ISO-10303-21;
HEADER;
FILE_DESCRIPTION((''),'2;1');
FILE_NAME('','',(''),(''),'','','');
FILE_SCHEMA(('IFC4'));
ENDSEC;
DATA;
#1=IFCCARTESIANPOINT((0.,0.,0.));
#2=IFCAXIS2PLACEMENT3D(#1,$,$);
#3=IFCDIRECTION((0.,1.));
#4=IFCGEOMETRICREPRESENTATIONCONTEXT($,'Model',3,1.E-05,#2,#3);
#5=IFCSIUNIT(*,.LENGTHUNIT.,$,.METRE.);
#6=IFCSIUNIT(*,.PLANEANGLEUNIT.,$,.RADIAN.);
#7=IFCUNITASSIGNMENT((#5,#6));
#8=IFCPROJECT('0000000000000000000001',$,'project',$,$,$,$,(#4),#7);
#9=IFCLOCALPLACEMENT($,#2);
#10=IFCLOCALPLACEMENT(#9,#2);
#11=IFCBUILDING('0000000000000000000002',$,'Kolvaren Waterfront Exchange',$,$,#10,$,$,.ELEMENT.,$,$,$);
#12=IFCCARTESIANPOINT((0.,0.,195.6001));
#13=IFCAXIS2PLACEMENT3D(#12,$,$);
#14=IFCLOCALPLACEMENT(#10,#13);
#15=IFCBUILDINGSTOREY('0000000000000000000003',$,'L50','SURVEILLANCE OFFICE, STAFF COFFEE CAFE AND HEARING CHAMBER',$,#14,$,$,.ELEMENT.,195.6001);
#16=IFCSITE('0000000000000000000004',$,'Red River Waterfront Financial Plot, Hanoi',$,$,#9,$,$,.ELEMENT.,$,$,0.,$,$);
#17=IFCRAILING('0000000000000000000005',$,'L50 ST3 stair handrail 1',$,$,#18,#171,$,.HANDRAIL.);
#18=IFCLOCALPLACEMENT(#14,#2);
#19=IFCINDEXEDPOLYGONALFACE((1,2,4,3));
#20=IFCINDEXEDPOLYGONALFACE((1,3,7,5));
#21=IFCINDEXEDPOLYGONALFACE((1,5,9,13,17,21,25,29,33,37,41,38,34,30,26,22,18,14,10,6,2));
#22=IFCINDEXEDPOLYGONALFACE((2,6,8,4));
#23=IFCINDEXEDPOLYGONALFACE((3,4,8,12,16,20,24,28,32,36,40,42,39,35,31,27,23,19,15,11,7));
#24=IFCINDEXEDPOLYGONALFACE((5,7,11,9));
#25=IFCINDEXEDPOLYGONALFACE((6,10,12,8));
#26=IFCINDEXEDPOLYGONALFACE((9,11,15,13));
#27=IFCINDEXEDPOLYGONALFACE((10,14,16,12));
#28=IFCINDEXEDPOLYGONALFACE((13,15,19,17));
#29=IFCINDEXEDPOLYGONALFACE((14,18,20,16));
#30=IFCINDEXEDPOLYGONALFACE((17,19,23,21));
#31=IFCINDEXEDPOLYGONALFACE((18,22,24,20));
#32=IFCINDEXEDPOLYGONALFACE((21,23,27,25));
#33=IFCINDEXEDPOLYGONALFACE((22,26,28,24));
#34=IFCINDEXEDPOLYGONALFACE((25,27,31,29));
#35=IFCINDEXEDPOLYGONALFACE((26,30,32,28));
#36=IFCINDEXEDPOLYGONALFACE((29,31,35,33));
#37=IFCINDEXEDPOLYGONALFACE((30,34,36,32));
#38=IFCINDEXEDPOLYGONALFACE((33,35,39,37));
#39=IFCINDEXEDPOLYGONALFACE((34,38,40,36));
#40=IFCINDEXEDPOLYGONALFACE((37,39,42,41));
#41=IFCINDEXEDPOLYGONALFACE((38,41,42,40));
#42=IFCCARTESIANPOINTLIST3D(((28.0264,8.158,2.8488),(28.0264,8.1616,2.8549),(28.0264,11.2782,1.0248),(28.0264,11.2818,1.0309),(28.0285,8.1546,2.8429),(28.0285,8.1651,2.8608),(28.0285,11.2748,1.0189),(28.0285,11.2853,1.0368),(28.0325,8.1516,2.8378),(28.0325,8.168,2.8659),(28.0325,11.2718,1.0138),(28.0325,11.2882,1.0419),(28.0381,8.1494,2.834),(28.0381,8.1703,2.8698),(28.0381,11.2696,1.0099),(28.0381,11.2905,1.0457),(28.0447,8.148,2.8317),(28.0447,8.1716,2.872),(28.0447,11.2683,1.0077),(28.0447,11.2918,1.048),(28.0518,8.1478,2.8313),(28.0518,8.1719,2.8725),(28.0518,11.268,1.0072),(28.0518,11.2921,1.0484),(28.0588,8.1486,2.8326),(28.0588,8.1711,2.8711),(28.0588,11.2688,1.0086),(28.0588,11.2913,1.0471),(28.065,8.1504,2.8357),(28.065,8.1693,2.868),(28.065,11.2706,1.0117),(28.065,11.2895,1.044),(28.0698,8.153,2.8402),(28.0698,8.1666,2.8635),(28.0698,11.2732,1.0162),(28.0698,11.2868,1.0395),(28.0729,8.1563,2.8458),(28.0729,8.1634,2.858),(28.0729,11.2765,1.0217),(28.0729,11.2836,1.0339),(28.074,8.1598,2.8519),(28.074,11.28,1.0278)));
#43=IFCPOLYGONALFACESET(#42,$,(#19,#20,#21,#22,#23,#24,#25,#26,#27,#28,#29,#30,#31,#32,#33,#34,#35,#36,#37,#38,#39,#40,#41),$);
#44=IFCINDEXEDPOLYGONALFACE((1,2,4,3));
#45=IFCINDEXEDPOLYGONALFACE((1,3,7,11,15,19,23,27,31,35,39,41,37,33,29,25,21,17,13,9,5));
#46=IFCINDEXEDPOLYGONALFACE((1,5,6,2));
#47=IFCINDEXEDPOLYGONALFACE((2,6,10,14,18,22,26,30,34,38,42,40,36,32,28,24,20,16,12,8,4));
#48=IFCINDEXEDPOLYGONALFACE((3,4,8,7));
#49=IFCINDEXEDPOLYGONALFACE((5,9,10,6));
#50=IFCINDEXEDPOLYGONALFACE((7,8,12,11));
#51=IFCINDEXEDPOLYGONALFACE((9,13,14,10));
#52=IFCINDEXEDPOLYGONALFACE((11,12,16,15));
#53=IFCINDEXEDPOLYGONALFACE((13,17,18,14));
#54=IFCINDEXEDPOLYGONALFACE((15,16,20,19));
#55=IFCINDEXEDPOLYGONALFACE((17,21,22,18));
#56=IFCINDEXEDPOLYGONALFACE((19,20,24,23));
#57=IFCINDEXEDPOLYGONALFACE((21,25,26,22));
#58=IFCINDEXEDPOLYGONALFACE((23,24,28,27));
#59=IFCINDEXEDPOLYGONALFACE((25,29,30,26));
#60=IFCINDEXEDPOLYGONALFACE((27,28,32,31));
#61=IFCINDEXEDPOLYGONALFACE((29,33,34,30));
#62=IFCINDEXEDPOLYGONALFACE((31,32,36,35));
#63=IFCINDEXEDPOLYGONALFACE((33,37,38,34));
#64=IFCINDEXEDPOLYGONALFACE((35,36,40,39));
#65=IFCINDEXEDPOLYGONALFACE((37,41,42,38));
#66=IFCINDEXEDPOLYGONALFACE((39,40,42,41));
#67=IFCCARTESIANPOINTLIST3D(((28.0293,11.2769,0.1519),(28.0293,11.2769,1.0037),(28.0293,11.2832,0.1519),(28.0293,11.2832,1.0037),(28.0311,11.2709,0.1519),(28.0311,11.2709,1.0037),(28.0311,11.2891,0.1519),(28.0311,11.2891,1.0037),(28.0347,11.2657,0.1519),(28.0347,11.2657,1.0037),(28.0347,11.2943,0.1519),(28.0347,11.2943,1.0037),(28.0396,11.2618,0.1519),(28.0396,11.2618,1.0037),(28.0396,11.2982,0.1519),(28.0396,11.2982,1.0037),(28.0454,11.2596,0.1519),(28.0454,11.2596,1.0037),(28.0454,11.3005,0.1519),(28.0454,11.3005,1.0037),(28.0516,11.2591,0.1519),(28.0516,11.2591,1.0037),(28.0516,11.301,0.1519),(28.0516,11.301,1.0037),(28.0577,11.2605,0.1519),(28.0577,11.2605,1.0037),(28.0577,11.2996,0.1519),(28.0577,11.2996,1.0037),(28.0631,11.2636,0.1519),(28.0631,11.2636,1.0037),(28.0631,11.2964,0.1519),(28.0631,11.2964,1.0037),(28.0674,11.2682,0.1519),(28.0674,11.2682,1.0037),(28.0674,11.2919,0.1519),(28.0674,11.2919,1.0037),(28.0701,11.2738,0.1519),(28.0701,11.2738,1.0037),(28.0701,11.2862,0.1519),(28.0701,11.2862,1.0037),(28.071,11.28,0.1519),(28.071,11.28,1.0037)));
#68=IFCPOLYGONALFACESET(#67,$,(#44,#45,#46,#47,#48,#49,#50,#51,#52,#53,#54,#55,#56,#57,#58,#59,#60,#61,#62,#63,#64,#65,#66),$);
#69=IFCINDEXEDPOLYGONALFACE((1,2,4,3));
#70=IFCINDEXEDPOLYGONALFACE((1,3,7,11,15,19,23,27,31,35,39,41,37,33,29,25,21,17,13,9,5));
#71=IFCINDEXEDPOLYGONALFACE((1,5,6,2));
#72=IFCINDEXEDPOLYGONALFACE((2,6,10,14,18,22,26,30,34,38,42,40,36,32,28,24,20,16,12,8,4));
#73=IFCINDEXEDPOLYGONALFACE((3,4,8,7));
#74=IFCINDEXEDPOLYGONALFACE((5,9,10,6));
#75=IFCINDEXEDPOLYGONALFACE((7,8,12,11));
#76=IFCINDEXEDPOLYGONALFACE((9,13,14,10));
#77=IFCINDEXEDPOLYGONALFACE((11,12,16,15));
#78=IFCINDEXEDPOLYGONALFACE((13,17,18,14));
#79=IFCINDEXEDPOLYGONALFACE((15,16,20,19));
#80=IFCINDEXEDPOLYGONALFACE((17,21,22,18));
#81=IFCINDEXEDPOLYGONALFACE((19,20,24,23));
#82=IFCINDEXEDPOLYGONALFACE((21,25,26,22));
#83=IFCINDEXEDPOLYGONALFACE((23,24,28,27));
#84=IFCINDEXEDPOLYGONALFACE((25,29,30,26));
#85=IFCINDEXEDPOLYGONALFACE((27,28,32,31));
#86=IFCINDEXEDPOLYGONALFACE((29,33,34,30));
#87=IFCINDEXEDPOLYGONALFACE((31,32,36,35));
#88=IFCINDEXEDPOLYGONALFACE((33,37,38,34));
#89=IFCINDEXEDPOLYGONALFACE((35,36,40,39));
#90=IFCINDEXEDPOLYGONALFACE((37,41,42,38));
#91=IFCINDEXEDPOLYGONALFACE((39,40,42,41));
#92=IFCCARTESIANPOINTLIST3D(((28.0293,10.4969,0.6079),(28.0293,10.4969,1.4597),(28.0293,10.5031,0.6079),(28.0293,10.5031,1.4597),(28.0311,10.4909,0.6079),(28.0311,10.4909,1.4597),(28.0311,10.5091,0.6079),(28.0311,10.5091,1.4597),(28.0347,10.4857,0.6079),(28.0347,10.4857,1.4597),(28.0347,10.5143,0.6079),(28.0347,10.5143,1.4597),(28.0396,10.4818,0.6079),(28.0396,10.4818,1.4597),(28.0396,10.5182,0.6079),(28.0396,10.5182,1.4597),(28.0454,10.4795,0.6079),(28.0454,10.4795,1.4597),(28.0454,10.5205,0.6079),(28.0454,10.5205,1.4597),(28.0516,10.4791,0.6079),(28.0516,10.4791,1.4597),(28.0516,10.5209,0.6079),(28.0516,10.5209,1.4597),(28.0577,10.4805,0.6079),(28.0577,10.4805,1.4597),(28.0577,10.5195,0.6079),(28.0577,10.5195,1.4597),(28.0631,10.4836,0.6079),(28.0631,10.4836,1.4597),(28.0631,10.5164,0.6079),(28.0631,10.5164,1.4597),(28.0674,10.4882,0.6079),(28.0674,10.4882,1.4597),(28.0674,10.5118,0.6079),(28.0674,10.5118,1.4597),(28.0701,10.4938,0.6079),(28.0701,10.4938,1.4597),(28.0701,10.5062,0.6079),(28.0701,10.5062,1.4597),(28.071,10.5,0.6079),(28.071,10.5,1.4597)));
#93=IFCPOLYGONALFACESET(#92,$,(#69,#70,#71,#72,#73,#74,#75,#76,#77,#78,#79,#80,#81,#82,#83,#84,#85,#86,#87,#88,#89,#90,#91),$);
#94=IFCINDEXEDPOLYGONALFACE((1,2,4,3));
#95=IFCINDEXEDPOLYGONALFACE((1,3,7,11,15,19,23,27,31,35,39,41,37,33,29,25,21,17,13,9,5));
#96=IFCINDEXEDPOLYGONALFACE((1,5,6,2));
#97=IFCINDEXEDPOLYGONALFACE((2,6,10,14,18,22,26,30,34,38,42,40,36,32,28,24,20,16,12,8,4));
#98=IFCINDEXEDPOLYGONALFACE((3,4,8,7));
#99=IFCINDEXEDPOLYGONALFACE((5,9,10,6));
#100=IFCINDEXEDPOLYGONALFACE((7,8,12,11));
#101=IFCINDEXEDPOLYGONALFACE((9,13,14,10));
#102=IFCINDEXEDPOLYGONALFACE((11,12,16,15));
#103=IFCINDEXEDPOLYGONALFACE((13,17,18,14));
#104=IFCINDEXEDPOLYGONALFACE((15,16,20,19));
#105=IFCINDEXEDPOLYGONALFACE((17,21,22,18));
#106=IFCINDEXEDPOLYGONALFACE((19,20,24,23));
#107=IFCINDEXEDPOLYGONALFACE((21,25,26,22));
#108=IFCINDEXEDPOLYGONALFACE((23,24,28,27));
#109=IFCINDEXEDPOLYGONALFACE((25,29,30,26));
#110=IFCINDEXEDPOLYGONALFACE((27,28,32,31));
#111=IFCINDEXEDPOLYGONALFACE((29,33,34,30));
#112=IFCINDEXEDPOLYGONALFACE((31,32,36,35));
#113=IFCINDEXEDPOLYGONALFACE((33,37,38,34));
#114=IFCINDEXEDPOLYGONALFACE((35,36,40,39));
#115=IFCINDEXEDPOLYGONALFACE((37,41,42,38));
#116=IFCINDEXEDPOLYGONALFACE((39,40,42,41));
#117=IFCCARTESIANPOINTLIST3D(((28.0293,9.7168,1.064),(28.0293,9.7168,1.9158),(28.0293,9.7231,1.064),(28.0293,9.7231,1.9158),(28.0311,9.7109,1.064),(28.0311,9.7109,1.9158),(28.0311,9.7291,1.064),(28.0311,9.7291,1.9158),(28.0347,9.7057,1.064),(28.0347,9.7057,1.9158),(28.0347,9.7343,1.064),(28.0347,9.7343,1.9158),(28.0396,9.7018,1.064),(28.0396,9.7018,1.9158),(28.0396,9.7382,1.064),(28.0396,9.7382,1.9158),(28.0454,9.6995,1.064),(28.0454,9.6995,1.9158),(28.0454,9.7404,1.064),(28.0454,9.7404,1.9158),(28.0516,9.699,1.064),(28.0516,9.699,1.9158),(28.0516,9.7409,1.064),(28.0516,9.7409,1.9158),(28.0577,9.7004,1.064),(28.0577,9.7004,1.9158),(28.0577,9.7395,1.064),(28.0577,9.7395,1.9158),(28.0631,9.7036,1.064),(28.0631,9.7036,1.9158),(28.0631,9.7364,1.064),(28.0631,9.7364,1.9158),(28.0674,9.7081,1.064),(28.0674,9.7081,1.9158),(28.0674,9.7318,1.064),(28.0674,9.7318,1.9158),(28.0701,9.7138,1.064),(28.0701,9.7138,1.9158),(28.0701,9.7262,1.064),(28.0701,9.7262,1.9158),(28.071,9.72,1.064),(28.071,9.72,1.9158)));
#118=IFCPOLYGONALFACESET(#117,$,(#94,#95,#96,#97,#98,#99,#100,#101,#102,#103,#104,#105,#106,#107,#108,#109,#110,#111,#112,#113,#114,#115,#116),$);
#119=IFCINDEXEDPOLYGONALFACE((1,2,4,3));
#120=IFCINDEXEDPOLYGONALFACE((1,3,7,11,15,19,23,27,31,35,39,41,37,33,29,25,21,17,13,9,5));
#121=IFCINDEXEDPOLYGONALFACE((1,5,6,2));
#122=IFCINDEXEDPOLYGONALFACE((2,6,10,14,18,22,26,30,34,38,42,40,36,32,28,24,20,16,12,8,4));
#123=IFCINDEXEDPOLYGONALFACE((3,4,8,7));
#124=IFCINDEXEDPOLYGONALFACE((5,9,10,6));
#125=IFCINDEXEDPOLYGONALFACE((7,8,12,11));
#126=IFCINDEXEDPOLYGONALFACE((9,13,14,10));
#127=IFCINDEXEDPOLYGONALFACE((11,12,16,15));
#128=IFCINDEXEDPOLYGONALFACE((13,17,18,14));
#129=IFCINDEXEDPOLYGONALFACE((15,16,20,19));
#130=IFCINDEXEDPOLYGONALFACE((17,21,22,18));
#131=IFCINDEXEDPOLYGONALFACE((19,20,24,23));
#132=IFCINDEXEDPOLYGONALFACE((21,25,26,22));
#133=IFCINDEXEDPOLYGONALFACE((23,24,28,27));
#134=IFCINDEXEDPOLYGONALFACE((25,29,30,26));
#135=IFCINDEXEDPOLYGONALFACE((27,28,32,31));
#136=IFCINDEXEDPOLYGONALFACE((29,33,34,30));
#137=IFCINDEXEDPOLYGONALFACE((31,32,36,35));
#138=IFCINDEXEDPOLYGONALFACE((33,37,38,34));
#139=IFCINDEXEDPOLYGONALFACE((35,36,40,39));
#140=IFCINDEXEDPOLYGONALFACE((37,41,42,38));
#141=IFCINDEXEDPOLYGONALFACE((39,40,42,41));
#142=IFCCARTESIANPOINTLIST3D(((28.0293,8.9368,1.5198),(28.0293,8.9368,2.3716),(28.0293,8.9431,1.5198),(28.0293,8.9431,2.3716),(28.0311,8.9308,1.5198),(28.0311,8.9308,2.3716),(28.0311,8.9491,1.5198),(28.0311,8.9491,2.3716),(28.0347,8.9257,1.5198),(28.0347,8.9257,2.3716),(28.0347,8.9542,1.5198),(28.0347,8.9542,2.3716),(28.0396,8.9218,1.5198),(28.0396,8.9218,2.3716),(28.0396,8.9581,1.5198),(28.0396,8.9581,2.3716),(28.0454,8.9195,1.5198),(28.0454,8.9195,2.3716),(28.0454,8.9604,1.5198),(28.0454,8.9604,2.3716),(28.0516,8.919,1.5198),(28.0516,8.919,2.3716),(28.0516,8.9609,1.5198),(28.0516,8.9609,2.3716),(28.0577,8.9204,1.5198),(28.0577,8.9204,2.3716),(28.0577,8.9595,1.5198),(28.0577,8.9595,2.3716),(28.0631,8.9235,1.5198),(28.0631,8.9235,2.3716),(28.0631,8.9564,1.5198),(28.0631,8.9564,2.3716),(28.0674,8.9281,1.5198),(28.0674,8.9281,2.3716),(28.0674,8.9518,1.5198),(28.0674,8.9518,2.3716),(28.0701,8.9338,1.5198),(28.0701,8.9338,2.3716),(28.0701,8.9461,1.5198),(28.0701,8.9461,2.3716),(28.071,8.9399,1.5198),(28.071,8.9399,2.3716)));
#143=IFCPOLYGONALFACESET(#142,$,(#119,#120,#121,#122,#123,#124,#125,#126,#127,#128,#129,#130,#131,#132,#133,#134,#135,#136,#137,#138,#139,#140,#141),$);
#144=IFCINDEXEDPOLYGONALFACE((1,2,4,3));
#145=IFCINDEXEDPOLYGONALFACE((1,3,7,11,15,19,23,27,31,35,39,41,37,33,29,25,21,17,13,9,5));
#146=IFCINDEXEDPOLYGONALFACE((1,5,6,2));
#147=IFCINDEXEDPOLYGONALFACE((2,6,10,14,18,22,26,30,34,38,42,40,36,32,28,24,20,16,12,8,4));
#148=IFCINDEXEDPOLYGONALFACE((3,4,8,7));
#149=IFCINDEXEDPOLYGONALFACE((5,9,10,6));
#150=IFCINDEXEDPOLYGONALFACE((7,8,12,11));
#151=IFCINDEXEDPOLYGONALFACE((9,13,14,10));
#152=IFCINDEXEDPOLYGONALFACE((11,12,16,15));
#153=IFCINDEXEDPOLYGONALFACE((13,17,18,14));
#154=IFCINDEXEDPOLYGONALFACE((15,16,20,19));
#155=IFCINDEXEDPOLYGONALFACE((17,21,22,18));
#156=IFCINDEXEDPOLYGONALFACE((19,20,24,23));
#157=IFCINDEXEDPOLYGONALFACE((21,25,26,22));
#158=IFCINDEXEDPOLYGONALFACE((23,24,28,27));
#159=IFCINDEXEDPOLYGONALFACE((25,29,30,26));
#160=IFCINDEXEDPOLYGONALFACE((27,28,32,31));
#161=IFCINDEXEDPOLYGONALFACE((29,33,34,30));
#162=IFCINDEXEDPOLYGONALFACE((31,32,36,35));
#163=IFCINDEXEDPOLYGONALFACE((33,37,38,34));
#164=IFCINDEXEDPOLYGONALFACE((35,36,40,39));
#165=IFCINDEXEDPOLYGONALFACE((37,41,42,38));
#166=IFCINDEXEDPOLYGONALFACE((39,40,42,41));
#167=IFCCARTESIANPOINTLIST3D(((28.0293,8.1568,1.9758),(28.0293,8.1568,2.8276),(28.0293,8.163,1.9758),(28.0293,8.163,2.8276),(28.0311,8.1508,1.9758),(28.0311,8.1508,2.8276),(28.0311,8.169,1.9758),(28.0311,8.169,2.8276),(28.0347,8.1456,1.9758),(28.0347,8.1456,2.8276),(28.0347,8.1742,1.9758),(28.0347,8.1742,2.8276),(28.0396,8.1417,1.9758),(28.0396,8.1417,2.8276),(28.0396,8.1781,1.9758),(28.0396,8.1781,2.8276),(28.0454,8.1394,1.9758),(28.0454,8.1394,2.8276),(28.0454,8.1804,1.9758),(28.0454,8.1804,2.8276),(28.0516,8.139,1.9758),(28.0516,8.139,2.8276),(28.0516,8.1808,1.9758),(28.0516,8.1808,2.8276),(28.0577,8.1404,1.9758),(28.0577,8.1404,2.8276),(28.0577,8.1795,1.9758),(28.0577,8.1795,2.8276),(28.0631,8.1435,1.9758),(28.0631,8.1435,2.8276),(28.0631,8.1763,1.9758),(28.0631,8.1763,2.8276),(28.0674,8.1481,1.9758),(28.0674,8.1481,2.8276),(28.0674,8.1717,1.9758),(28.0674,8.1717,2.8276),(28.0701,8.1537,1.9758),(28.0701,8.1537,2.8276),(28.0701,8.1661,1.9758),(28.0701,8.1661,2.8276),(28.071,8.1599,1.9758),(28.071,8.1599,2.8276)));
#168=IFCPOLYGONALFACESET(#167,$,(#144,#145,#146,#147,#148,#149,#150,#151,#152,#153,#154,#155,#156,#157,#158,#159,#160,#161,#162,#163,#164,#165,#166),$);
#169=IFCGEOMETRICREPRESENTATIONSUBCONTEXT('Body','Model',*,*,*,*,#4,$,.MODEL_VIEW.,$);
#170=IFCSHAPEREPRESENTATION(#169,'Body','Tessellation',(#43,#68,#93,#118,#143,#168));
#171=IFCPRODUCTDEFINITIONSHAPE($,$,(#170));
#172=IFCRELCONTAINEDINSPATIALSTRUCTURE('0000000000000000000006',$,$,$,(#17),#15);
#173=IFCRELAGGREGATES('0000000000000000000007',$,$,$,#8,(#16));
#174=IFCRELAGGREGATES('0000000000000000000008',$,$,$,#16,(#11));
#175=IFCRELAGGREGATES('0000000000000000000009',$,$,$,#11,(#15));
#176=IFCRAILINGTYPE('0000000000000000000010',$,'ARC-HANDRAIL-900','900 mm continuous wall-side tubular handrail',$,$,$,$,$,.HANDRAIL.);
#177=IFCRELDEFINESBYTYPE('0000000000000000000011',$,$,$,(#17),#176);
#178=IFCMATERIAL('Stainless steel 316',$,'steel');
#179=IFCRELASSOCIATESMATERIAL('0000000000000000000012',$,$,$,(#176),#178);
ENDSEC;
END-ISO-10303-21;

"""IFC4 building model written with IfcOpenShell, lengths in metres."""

from ifc_helpers import new_model, si_unit, direction, frame, origin, origin_2d, place, context, subcontext, project, spatial, circle, extrude, material, type_object, element, save


model = new_model("IFC4")

# Units and contexts
model_context = context("Model", 3, precision=1e-05, world=origin(), true_north=direction((0.0, 1.0)))
body_context = subcontext(model_context, "Body", "Model", "MODEL_VIEW")
ifc_project = project(units=[si_unit("LENGTHUNIT", "METRE"), si_unit("PLANEANGLEUNIT", "RADIAN")], contexts=[model_context])

# Site, building, storey
site_placement = place(None, origin())
site = spatial("IfcSite", under=ifc_project, at=site_placement, Name="Red River Waterfront Financial Plot, Hanoi", CompositionType="ELEMENT", RefElevation=0.0)
building_placement = place(site_placement, origin())
building = spatial("IfcBuilding", under=site, at=building_placement, Name="Kolvaren Waterfront Exchange", CompositionType="ELEMENT")
storey_placement = place(building_placement, frame((0.0, 0.0, 195.6001)))
storey = spatial("IfcBuildingStorey", under=building, at=storey_placement, Name="L50", Description="SURVEILLANCE OFFICE, STAFF COFFEE CAFE AND HEARING CHAMBER", CompositionType="ELEMENT", Elevation=195.6001)

# Railing
ifc_material_1 = material(Name="Stainless steel 316", Category="steel")
railing_type_1 = type_object("IfcRailingType", Name="ARC-HANDRAIL-900", Description="900 mm continuous wall-side tubular handrail", PredefinedType="HANDRAIL", material=ifc_material_1)
railing_1_placement = place(storey_placement, frame((28.05, 11.28, 0.1519)))
element("IfcRailing", 1, at=railing_1_placement, inside=storey, type_object=railing_type_1, Name="L50 ST3 stair handrail 1", PredefinedType="HANDRAIL", context=body_context, shape_type="SweptSolid", body=[
    extrude(circle(Radius=0.0239, at=origin_2d()), frame((0.0, 0.0, 0.876), z_axis=(0.0, -0.863308, 0.504677), x_axis=(1.0, 0.0, 0.0)), (0.0, 0.0, 1.0), 3.6143),
    extrude(circle(Radius=0.021, at=origin_2d()), origin(), (0.0, 0.0, 1.0), 0.8518),
    extrude(circle(Radius=0.021, at=origin_2d()), frame((0.0, -0.78, 0.4561)), (0.0, 0.0, 1.0), 0.8518),
    extrude(circle(Radius=0.021, at=origin_2d()), frame((0.0, -1.5601, 0.9121)), (0.0, 0.0, 1.0), 0.8518),
    extrude(circle(Radius=0.021, at=origin_2d()), frame((0.0, -2.3401, 1.3679)), (0.0, 0.0, 1.0), 0.8518),
    extrude(circle(Radius=0.021, at=origin_2d()), frame((0.0, -3.1201, 1.824)), (0.0, 0.0, 1.0), 0.8518),
])

save(model, "model.ifc")
